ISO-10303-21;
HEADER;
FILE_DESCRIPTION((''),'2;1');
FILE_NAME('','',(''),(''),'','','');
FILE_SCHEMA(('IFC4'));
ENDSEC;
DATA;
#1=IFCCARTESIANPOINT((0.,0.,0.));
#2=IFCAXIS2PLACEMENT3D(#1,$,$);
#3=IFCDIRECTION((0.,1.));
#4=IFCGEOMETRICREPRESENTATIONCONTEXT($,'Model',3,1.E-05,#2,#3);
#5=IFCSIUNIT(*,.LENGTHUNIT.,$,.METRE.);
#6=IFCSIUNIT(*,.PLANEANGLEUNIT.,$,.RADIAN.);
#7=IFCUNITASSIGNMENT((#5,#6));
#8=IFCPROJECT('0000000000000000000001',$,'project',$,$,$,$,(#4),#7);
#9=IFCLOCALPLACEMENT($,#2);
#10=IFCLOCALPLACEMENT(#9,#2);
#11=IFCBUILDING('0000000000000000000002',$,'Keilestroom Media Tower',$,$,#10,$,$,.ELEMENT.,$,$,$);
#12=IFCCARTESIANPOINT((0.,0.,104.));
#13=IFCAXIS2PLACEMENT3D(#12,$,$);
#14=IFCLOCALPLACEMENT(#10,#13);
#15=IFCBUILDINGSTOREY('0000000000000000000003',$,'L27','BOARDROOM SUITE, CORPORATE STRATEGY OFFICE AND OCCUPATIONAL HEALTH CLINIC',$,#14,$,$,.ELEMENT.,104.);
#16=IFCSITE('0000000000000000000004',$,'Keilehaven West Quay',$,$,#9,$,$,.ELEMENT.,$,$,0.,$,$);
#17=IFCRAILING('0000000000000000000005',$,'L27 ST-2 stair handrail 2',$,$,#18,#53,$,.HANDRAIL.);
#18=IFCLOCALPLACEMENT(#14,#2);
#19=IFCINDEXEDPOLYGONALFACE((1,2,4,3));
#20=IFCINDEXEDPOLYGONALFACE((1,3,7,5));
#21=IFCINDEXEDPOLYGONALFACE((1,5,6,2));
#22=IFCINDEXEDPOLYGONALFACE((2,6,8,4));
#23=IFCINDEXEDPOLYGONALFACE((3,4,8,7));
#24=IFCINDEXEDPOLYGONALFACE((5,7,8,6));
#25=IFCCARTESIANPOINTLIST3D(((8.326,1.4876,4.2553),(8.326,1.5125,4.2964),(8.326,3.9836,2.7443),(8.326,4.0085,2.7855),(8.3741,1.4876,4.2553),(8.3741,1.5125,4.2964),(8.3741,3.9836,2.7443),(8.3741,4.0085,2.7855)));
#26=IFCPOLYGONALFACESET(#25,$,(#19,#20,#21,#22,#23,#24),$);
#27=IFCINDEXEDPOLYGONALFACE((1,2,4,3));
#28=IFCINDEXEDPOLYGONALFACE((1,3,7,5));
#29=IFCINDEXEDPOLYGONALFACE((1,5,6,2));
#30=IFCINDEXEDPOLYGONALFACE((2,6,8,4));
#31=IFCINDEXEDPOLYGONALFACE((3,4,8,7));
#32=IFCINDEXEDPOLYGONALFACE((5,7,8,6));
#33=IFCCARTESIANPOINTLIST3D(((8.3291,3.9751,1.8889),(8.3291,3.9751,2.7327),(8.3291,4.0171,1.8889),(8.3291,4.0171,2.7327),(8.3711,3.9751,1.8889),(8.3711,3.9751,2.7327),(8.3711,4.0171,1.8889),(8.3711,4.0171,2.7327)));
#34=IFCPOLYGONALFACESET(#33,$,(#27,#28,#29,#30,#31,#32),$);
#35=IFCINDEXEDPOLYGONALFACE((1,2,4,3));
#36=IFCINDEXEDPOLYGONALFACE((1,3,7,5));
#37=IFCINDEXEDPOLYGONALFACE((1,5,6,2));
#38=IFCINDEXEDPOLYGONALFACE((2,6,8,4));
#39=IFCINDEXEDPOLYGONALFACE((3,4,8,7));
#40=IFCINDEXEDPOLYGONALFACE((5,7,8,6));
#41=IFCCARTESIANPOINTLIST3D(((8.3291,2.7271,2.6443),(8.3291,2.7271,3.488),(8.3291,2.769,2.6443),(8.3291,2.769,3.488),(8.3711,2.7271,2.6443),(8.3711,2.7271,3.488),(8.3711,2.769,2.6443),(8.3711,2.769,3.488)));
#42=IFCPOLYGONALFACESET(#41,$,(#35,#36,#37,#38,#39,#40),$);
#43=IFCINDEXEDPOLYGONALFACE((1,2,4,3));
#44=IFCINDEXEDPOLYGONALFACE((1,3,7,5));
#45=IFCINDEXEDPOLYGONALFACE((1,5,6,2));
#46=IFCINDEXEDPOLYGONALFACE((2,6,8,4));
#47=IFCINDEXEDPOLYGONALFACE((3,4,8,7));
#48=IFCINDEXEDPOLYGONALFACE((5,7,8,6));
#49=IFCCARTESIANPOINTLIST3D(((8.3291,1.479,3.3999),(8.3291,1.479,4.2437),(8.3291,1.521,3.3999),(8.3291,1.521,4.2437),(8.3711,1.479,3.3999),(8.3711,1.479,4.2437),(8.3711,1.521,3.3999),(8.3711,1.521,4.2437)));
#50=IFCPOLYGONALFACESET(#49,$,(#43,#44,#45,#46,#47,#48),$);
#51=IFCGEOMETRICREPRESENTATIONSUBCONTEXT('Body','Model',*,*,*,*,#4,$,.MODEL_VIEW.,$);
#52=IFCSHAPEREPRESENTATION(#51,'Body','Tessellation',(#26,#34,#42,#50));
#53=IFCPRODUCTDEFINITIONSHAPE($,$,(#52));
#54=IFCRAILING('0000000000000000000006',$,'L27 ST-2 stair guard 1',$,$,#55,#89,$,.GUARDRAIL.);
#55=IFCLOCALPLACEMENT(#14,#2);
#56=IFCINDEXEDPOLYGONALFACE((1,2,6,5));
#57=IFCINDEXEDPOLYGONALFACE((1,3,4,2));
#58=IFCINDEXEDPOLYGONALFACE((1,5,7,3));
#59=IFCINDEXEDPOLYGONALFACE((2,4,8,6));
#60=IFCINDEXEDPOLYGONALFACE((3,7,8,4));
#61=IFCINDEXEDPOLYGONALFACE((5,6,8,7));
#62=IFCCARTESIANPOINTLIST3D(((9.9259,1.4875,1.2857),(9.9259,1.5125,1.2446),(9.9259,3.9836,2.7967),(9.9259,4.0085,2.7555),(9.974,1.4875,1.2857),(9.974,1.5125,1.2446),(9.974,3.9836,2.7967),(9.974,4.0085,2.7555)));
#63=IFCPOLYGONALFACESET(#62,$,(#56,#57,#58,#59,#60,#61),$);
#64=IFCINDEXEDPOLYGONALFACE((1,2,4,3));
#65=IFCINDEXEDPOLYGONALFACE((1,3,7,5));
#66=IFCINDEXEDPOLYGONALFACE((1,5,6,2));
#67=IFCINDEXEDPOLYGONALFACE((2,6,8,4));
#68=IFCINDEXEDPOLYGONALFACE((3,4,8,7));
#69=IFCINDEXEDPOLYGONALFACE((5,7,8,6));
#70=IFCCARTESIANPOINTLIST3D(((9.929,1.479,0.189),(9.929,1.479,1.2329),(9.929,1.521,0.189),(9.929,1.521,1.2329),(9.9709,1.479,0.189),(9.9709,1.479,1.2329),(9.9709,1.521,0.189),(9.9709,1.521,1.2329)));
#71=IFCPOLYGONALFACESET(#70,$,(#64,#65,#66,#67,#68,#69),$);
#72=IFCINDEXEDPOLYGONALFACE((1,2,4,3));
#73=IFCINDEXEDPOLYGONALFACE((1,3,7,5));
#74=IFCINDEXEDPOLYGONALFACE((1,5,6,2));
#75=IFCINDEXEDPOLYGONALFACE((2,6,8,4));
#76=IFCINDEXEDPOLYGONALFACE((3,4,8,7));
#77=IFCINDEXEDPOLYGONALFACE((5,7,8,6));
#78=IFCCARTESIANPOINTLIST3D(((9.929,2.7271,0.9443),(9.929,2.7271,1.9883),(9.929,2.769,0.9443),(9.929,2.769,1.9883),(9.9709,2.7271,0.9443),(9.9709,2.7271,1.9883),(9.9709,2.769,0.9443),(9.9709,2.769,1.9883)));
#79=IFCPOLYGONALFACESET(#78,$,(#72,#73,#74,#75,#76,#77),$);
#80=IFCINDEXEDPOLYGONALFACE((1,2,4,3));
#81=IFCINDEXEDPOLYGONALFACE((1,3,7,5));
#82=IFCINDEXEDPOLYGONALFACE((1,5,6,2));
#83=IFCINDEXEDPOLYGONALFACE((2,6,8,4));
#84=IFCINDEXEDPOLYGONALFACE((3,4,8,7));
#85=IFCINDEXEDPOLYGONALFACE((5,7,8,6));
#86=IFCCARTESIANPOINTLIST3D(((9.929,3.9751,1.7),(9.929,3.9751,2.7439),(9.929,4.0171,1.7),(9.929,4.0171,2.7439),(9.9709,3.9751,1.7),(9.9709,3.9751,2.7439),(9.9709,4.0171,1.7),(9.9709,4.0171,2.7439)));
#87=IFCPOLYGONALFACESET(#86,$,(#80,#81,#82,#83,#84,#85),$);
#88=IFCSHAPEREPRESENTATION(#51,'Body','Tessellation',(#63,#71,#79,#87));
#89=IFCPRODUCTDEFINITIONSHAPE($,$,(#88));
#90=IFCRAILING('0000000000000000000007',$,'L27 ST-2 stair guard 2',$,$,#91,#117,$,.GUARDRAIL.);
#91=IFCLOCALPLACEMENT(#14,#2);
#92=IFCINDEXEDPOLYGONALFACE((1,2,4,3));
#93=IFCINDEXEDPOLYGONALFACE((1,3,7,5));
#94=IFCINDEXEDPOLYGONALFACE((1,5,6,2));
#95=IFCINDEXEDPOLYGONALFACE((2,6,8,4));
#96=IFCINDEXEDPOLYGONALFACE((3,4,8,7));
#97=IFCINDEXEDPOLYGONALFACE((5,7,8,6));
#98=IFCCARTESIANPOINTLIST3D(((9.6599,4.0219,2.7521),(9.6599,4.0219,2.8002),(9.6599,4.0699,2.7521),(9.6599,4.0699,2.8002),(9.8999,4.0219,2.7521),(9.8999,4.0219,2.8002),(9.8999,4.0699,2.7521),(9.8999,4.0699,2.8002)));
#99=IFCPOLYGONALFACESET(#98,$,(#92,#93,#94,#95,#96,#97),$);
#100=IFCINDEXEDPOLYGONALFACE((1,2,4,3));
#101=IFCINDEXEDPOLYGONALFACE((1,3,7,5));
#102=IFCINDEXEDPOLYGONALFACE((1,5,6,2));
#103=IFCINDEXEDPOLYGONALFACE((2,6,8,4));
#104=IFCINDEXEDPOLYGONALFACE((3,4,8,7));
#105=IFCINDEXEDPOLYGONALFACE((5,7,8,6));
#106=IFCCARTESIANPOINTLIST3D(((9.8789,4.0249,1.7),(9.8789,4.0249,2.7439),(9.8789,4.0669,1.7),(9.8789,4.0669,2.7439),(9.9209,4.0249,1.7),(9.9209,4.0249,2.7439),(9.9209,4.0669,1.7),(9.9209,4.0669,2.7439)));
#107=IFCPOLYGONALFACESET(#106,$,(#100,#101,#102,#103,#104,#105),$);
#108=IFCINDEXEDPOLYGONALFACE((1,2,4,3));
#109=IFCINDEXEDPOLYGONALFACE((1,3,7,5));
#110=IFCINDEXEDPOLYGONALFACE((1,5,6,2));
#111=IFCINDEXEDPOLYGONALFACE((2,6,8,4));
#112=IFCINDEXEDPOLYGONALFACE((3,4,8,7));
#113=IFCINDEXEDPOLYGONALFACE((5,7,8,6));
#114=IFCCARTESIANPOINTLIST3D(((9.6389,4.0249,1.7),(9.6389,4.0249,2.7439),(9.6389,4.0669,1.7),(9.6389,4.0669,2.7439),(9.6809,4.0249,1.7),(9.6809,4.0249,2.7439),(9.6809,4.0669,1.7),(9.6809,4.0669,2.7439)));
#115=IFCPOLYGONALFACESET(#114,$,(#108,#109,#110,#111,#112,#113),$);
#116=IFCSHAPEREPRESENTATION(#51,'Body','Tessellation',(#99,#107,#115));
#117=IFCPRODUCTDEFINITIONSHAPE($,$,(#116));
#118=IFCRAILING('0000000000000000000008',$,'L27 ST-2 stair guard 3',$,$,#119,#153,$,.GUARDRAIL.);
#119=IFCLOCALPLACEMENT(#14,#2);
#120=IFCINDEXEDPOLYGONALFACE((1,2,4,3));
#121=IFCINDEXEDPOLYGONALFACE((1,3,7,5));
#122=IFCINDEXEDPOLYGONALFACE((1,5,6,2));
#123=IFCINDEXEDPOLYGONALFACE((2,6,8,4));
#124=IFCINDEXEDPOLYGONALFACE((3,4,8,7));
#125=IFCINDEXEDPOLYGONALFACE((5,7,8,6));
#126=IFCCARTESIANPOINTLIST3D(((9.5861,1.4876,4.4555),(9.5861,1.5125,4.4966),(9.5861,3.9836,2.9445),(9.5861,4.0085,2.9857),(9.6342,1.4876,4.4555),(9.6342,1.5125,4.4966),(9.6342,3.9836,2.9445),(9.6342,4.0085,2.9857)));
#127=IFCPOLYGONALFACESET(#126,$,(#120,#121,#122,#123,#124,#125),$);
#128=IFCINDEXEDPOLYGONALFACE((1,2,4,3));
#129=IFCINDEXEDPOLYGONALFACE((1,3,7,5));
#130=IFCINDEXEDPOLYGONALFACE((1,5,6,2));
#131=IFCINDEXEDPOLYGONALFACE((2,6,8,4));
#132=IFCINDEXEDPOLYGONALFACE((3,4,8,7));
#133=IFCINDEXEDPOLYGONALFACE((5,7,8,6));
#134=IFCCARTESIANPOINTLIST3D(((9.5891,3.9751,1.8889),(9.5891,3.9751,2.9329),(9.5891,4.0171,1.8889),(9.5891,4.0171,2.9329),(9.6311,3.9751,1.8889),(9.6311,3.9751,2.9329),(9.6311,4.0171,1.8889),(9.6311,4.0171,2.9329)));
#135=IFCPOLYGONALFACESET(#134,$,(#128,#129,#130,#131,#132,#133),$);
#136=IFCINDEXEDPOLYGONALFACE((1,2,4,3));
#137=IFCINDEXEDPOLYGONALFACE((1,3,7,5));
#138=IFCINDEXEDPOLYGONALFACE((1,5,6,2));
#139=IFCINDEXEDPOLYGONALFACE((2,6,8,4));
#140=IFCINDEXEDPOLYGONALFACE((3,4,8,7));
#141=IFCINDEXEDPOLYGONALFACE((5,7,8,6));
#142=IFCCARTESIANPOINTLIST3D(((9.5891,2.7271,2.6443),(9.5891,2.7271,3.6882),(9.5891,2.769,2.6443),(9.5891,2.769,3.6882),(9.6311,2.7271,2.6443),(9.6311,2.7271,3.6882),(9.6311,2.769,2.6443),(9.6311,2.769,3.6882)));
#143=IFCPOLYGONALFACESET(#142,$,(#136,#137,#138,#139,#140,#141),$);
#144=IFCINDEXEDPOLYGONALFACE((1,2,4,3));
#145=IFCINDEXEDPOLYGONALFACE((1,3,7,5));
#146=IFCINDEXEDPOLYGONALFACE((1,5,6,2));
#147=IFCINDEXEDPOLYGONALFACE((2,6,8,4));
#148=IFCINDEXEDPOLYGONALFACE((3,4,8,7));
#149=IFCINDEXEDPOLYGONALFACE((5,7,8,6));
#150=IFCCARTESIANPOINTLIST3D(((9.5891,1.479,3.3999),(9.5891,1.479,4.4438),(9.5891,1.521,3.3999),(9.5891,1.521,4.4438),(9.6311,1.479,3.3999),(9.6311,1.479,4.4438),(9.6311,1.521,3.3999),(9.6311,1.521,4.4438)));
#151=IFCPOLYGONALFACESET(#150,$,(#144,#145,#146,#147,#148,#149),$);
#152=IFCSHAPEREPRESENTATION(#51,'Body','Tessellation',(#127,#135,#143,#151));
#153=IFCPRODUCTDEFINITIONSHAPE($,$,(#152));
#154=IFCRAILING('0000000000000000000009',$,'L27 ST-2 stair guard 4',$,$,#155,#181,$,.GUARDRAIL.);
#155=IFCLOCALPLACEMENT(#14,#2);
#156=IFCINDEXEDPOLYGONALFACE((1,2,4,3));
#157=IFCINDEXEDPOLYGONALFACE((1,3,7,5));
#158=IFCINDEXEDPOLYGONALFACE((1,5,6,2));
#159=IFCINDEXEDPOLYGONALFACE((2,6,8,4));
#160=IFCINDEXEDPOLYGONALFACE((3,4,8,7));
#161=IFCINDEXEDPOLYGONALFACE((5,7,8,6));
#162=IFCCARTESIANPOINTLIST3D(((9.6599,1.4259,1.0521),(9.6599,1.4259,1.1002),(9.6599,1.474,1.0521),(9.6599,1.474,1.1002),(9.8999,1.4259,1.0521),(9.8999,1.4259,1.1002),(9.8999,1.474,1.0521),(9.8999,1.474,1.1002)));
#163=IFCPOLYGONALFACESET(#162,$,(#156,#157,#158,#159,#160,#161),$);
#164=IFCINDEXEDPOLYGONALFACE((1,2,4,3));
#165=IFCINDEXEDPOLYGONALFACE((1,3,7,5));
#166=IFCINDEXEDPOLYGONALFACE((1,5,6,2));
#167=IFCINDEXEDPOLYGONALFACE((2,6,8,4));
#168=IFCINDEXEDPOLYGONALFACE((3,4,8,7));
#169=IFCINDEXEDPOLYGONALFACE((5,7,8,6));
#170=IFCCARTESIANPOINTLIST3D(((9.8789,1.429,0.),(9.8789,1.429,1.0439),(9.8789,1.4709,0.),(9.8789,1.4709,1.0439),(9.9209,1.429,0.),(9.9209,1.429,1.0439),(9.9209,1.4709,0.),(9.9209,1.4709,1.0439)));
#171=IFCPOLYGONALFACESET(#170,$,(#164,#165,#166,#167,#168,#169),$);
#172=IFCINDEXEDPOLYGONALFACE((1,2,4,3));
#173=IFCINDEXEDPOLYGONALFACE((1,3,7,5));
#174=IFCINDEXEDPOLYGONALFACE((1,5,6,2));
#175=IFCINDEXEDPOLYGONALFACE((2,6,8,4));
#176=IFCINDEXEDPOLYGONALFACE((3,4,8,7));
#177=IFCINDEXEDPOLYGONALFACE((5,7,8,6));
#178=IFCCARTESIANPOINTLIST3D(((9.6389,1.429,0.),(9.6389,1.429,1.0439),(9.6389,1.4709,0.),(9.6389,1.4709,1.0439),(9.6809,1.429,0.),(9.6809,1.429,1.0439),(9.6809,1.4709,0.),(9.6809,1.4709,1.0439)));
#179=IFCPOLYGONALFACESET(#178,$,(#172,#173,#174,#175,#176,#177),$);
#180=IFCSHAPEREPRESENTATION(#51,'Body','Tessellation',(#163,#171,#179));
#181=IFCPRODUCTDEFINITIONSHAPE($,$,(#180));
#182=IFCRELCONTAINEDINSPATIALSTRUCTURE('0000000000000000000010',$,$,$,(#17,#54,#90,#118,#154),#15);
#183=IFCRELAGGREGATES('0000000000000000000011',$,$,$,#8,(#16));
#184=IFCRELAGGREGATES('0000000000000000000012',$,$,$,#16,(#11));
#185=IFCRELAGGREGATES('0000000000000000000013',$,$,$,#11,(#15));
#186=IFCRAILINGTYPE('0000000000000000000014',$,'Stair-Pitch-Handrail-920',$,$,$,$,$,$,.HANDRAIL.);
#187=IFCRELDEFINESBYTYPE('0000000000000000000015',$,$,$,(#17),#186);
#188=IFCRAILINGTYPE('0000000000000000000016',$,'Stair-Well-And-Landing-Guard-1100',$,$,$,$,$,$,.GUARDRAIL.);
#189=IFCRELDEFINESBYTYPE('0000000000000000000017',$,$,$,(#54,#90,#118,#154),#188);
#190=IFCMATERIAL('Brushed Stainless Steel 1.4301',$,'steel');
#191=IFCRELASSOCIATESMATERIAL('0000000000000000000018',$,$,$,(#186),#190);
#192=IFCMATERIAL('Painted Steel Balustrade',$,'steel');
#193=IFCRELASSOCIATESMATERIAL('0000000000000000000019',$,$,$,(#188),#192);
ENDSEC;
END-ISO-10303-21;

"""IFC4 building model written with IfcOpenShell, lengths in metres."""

from ifc_helpers import new_model, si_unit, direction, frame, origin, origin_2d, place, context, subcontext, project, spatial, rectangle, extrude, material, type_object, element, save


model = new_model("IFC4")

# Units and contexts
model_context = context("Model", 3, precision=1e-05, world=origin(), true_north=direction((0.0, 1.0)))
body_context = subcontext(model_context, "Body", "Model", "MODEL_VIEW")
ifc_project = project(units=[si_unit("LENGTHUNIT", "METRE"), si_unit("PLANEANGLEUNIT", "RADIAN")], contexts=[model_context])

# Site, building, storey
site_placement = place(None, origin())
site = spatial("IfcSite", under=ifc_project, at=site_placement, Name="Keilehaven West Quay", CompositionType="ELEMENT", RefElevation=0.0)
building_placement = place(site_placement, origin())
building = spatial("IfcBuilding", under=site, at=building_placement, Name="Keilestroom Media Tower", CompositionType="ELEMENT")
storey_placement = place(building_placement, frame((0.0, 0.0, 104.0)))
storey = spatial("IfcBuildingStorey", under=building, at=storey_placement, Name="L27", Description="BOARDROOM SUITE, CORPORATE STRATEGY OFFICE AND OCCUPATIONAL HEALTH CLINIC", CompositionType="ELEMENT", Elevation=104.0)

# Railings
ifc_material_1 = material(Name="Brushed Stainless Steel 1.4301", Category="steel")
railing_type_1 = type_object("IfcRailingType", Name="Stair-Pitch-Handrail-920", PredefinedType="HANDRAIL", material=ifc_material_1)
railing_1_placement = place(storey_placement, frame((8.3501, 3.9961, 1.8889)))
element("IfcRailing", 1, at=railing_1_placement, inside=storey, type_object=railing_type_1, Name="L27 ST-2 stair handrail 2", PredefinedType="HANDRAIL", context=body_context, shape_type="SweptSolid", body=[
    extrude(rectangle(XDim=0.0481, YDim=0.0481, at=origin_2d()), frame((0.0, 0.0, 0.876), z_axis=(0.0, -0.855471, 0.517851), x_axis=(1.0, 0.0, 0.0)), (0.0, 0.0, 1.0), 2.9177),
    extrude(rectangle(XDim=0.042, YDim=0.042, at=origin_2d()), origin(), (0.0, 0.0, 1.0), 0.8438),
    extrude(rectangle(XDim=0.042, YDim=0.042, at=origin_2d()), frame((0.0, -1.248, 0.7554)), (0.0, 0.0, 1.0), 0.8438),
    extrude(rectangle(XDim=0.042, YDim=0.042, at=origin_2d()), frame((0.0, -2.4961, 1.511)), (0.0, 0.0, 1.0), 0.8438),
])
ifc_material_2 = material(Name="Painted Steel Balustrade", Category="steel")
railing_type_2 = type_object("IfcRailingType", Name="Stair-Well-And-Landing-Guard-1100", PredefinedType="GUARDRAIL", material=ifc_material_2)
railing_2_placement = place(storey_placement, frame((9.95, 1.5, 0.189)))
element("IfcRailing", 2, at=railing_2_placement, inside=storey, type_object=railing_type_2, Name="L27 ST-2 stair guard 1", PredefinedType="GUARDRAIL", context=body_context, shape_type="SweptSolid", body=[
    extrude(rectangle(XDim=0.0481, YDim=0.0481, at=origin_2d()), frame((0.0, 0.0, 1.0762), z_axis=(0.0, 0.855471, 0.517851), x_axis=(-1.0, 0.0, 0.0)), (0.0, 0.0, 1.0), 2.9177),
    extrude(rectangle(XDim=0.042, YDim=0.042, at=origin_2d()), origin(), (0.0, 0.0, 1.0), 1.0439),
    extrude(rectangle(XDim=0.042, YDim=0.042, at=origin_2d()), frame((0.0, 1.248, 0.7554)), (0.0, 0.0, 1.0), 1.0439),
    extrude(rectangle(XDim=0.042, YDim=0.042, at=origin_2d()), frame((0.0, 2.4961, 1.511)), (0.0, 0.0, 1.0), 1.0439),
])
railing_3_placement = place(storey_placement, frame((9.8999, 4.0459, 1.7)))
element("IfcRailing", 3, at=railing_3_placement, inside=storey, type_object=railing_type_2, Name="L27 ST-2 stair guard 2", PredefinedType="GUARDRAIL", context=body_context, shape_type="SweptSolid", body=[
    extrude(rectangle(XDim=0.0481, YDim=0.0481, at=origin_2d()), frame((0.0, 0.0, 1.0762), z_axis=(-1.0, 0.0, 0.0), x_axis=(0.0, -1.0, 0.0)), (0.0, 0.0, 1.0), 0.24),
    extrude(rectangle(XDim=0.042, YDim=0.042, at=origin_2d()), origin(), (0.0, 0.0, 1.0), 1.0439),
    extrude(rectangle(XDim=0.042, YDim=0.042, at=origin_2d()), frame((-0.24, 0.0, 0.0)), (0.0, 0.0, 1.0), 1.0439),
])
railing_4_placement = place(storey_placement, frame((9.6101, 3.9961, 1.8889)))
element("IfcRailing", 4, at=railing_4_placement, inside=storey, type_object=railing_type_2, Name="L27 ST-2 stair guard 3", PredefinedType="GUARDRAIL", context=body_context, shape_type="SweptSolid", body=[
    extrude(rectangle(XDim=0.0481, YDim=0.0481, at=origin_2d()), frame((0.0, 0.0, 1.0762), z_axis=(0.0, -0.855471, 0.517851), x_axis=(1.0, 0.0, 0.0)), (0.0, 0.0, 1.0), 2.9177),
    extrude(rectangle(XDim=0.042, YDim=0.042, at=origin_2d()), origin(), (0.0, 0.0, 1.0), 1.0439),
    extrude(rectangle(XDim=0.042, YDim=0.042, at=origin_2d()), frame((0.0, -1.248, 0.7554)), (0.0, 0.0, 1.0), 1.0439),
    extrude(rectangle(XDim=0.042, YDim=0.042, at=origin_2d()), frame((0.0, -2.4961, 1.511)), (0.0, 0.0, 1.0), 1.0439),
])
railing_5_placement = place(storey_placement, frame((9.8999, 1.45, 0.0)))
element("IfcRailing", 5, at=railing_5_placement, inside=storey, type_object=railing_type_2, Name="L27 ST-2 stair guard 4", PredefinedType="GUARDRAIL", context=body_context, shape_type="SweptSolid", body=[
    extrude(rectangle(XDim=0.0481, YDim=0.0481, at=origin_2d()), frame((0.0, 0.0, 1.0762), z_axis=(-1.0, 0.0, 0.0), x_axis=(0.0, -1.0, 0.0)), (0.0, 0.0, 1.0), 0.24),
    extrude(rectangle(XDim=0.042, YDim=0.042, at=origin_2d()), origin(), (0.0, 0.0, 1.0), 1.0439),
    extrude(rectangle(XDim=0.042, YDim=0.042, at=origin_2d()), frame((-0.24, 0.0, 0.0)), (0.0, 0.0, 1.0), 1.0439),
])

save(model, "model.ifc")
